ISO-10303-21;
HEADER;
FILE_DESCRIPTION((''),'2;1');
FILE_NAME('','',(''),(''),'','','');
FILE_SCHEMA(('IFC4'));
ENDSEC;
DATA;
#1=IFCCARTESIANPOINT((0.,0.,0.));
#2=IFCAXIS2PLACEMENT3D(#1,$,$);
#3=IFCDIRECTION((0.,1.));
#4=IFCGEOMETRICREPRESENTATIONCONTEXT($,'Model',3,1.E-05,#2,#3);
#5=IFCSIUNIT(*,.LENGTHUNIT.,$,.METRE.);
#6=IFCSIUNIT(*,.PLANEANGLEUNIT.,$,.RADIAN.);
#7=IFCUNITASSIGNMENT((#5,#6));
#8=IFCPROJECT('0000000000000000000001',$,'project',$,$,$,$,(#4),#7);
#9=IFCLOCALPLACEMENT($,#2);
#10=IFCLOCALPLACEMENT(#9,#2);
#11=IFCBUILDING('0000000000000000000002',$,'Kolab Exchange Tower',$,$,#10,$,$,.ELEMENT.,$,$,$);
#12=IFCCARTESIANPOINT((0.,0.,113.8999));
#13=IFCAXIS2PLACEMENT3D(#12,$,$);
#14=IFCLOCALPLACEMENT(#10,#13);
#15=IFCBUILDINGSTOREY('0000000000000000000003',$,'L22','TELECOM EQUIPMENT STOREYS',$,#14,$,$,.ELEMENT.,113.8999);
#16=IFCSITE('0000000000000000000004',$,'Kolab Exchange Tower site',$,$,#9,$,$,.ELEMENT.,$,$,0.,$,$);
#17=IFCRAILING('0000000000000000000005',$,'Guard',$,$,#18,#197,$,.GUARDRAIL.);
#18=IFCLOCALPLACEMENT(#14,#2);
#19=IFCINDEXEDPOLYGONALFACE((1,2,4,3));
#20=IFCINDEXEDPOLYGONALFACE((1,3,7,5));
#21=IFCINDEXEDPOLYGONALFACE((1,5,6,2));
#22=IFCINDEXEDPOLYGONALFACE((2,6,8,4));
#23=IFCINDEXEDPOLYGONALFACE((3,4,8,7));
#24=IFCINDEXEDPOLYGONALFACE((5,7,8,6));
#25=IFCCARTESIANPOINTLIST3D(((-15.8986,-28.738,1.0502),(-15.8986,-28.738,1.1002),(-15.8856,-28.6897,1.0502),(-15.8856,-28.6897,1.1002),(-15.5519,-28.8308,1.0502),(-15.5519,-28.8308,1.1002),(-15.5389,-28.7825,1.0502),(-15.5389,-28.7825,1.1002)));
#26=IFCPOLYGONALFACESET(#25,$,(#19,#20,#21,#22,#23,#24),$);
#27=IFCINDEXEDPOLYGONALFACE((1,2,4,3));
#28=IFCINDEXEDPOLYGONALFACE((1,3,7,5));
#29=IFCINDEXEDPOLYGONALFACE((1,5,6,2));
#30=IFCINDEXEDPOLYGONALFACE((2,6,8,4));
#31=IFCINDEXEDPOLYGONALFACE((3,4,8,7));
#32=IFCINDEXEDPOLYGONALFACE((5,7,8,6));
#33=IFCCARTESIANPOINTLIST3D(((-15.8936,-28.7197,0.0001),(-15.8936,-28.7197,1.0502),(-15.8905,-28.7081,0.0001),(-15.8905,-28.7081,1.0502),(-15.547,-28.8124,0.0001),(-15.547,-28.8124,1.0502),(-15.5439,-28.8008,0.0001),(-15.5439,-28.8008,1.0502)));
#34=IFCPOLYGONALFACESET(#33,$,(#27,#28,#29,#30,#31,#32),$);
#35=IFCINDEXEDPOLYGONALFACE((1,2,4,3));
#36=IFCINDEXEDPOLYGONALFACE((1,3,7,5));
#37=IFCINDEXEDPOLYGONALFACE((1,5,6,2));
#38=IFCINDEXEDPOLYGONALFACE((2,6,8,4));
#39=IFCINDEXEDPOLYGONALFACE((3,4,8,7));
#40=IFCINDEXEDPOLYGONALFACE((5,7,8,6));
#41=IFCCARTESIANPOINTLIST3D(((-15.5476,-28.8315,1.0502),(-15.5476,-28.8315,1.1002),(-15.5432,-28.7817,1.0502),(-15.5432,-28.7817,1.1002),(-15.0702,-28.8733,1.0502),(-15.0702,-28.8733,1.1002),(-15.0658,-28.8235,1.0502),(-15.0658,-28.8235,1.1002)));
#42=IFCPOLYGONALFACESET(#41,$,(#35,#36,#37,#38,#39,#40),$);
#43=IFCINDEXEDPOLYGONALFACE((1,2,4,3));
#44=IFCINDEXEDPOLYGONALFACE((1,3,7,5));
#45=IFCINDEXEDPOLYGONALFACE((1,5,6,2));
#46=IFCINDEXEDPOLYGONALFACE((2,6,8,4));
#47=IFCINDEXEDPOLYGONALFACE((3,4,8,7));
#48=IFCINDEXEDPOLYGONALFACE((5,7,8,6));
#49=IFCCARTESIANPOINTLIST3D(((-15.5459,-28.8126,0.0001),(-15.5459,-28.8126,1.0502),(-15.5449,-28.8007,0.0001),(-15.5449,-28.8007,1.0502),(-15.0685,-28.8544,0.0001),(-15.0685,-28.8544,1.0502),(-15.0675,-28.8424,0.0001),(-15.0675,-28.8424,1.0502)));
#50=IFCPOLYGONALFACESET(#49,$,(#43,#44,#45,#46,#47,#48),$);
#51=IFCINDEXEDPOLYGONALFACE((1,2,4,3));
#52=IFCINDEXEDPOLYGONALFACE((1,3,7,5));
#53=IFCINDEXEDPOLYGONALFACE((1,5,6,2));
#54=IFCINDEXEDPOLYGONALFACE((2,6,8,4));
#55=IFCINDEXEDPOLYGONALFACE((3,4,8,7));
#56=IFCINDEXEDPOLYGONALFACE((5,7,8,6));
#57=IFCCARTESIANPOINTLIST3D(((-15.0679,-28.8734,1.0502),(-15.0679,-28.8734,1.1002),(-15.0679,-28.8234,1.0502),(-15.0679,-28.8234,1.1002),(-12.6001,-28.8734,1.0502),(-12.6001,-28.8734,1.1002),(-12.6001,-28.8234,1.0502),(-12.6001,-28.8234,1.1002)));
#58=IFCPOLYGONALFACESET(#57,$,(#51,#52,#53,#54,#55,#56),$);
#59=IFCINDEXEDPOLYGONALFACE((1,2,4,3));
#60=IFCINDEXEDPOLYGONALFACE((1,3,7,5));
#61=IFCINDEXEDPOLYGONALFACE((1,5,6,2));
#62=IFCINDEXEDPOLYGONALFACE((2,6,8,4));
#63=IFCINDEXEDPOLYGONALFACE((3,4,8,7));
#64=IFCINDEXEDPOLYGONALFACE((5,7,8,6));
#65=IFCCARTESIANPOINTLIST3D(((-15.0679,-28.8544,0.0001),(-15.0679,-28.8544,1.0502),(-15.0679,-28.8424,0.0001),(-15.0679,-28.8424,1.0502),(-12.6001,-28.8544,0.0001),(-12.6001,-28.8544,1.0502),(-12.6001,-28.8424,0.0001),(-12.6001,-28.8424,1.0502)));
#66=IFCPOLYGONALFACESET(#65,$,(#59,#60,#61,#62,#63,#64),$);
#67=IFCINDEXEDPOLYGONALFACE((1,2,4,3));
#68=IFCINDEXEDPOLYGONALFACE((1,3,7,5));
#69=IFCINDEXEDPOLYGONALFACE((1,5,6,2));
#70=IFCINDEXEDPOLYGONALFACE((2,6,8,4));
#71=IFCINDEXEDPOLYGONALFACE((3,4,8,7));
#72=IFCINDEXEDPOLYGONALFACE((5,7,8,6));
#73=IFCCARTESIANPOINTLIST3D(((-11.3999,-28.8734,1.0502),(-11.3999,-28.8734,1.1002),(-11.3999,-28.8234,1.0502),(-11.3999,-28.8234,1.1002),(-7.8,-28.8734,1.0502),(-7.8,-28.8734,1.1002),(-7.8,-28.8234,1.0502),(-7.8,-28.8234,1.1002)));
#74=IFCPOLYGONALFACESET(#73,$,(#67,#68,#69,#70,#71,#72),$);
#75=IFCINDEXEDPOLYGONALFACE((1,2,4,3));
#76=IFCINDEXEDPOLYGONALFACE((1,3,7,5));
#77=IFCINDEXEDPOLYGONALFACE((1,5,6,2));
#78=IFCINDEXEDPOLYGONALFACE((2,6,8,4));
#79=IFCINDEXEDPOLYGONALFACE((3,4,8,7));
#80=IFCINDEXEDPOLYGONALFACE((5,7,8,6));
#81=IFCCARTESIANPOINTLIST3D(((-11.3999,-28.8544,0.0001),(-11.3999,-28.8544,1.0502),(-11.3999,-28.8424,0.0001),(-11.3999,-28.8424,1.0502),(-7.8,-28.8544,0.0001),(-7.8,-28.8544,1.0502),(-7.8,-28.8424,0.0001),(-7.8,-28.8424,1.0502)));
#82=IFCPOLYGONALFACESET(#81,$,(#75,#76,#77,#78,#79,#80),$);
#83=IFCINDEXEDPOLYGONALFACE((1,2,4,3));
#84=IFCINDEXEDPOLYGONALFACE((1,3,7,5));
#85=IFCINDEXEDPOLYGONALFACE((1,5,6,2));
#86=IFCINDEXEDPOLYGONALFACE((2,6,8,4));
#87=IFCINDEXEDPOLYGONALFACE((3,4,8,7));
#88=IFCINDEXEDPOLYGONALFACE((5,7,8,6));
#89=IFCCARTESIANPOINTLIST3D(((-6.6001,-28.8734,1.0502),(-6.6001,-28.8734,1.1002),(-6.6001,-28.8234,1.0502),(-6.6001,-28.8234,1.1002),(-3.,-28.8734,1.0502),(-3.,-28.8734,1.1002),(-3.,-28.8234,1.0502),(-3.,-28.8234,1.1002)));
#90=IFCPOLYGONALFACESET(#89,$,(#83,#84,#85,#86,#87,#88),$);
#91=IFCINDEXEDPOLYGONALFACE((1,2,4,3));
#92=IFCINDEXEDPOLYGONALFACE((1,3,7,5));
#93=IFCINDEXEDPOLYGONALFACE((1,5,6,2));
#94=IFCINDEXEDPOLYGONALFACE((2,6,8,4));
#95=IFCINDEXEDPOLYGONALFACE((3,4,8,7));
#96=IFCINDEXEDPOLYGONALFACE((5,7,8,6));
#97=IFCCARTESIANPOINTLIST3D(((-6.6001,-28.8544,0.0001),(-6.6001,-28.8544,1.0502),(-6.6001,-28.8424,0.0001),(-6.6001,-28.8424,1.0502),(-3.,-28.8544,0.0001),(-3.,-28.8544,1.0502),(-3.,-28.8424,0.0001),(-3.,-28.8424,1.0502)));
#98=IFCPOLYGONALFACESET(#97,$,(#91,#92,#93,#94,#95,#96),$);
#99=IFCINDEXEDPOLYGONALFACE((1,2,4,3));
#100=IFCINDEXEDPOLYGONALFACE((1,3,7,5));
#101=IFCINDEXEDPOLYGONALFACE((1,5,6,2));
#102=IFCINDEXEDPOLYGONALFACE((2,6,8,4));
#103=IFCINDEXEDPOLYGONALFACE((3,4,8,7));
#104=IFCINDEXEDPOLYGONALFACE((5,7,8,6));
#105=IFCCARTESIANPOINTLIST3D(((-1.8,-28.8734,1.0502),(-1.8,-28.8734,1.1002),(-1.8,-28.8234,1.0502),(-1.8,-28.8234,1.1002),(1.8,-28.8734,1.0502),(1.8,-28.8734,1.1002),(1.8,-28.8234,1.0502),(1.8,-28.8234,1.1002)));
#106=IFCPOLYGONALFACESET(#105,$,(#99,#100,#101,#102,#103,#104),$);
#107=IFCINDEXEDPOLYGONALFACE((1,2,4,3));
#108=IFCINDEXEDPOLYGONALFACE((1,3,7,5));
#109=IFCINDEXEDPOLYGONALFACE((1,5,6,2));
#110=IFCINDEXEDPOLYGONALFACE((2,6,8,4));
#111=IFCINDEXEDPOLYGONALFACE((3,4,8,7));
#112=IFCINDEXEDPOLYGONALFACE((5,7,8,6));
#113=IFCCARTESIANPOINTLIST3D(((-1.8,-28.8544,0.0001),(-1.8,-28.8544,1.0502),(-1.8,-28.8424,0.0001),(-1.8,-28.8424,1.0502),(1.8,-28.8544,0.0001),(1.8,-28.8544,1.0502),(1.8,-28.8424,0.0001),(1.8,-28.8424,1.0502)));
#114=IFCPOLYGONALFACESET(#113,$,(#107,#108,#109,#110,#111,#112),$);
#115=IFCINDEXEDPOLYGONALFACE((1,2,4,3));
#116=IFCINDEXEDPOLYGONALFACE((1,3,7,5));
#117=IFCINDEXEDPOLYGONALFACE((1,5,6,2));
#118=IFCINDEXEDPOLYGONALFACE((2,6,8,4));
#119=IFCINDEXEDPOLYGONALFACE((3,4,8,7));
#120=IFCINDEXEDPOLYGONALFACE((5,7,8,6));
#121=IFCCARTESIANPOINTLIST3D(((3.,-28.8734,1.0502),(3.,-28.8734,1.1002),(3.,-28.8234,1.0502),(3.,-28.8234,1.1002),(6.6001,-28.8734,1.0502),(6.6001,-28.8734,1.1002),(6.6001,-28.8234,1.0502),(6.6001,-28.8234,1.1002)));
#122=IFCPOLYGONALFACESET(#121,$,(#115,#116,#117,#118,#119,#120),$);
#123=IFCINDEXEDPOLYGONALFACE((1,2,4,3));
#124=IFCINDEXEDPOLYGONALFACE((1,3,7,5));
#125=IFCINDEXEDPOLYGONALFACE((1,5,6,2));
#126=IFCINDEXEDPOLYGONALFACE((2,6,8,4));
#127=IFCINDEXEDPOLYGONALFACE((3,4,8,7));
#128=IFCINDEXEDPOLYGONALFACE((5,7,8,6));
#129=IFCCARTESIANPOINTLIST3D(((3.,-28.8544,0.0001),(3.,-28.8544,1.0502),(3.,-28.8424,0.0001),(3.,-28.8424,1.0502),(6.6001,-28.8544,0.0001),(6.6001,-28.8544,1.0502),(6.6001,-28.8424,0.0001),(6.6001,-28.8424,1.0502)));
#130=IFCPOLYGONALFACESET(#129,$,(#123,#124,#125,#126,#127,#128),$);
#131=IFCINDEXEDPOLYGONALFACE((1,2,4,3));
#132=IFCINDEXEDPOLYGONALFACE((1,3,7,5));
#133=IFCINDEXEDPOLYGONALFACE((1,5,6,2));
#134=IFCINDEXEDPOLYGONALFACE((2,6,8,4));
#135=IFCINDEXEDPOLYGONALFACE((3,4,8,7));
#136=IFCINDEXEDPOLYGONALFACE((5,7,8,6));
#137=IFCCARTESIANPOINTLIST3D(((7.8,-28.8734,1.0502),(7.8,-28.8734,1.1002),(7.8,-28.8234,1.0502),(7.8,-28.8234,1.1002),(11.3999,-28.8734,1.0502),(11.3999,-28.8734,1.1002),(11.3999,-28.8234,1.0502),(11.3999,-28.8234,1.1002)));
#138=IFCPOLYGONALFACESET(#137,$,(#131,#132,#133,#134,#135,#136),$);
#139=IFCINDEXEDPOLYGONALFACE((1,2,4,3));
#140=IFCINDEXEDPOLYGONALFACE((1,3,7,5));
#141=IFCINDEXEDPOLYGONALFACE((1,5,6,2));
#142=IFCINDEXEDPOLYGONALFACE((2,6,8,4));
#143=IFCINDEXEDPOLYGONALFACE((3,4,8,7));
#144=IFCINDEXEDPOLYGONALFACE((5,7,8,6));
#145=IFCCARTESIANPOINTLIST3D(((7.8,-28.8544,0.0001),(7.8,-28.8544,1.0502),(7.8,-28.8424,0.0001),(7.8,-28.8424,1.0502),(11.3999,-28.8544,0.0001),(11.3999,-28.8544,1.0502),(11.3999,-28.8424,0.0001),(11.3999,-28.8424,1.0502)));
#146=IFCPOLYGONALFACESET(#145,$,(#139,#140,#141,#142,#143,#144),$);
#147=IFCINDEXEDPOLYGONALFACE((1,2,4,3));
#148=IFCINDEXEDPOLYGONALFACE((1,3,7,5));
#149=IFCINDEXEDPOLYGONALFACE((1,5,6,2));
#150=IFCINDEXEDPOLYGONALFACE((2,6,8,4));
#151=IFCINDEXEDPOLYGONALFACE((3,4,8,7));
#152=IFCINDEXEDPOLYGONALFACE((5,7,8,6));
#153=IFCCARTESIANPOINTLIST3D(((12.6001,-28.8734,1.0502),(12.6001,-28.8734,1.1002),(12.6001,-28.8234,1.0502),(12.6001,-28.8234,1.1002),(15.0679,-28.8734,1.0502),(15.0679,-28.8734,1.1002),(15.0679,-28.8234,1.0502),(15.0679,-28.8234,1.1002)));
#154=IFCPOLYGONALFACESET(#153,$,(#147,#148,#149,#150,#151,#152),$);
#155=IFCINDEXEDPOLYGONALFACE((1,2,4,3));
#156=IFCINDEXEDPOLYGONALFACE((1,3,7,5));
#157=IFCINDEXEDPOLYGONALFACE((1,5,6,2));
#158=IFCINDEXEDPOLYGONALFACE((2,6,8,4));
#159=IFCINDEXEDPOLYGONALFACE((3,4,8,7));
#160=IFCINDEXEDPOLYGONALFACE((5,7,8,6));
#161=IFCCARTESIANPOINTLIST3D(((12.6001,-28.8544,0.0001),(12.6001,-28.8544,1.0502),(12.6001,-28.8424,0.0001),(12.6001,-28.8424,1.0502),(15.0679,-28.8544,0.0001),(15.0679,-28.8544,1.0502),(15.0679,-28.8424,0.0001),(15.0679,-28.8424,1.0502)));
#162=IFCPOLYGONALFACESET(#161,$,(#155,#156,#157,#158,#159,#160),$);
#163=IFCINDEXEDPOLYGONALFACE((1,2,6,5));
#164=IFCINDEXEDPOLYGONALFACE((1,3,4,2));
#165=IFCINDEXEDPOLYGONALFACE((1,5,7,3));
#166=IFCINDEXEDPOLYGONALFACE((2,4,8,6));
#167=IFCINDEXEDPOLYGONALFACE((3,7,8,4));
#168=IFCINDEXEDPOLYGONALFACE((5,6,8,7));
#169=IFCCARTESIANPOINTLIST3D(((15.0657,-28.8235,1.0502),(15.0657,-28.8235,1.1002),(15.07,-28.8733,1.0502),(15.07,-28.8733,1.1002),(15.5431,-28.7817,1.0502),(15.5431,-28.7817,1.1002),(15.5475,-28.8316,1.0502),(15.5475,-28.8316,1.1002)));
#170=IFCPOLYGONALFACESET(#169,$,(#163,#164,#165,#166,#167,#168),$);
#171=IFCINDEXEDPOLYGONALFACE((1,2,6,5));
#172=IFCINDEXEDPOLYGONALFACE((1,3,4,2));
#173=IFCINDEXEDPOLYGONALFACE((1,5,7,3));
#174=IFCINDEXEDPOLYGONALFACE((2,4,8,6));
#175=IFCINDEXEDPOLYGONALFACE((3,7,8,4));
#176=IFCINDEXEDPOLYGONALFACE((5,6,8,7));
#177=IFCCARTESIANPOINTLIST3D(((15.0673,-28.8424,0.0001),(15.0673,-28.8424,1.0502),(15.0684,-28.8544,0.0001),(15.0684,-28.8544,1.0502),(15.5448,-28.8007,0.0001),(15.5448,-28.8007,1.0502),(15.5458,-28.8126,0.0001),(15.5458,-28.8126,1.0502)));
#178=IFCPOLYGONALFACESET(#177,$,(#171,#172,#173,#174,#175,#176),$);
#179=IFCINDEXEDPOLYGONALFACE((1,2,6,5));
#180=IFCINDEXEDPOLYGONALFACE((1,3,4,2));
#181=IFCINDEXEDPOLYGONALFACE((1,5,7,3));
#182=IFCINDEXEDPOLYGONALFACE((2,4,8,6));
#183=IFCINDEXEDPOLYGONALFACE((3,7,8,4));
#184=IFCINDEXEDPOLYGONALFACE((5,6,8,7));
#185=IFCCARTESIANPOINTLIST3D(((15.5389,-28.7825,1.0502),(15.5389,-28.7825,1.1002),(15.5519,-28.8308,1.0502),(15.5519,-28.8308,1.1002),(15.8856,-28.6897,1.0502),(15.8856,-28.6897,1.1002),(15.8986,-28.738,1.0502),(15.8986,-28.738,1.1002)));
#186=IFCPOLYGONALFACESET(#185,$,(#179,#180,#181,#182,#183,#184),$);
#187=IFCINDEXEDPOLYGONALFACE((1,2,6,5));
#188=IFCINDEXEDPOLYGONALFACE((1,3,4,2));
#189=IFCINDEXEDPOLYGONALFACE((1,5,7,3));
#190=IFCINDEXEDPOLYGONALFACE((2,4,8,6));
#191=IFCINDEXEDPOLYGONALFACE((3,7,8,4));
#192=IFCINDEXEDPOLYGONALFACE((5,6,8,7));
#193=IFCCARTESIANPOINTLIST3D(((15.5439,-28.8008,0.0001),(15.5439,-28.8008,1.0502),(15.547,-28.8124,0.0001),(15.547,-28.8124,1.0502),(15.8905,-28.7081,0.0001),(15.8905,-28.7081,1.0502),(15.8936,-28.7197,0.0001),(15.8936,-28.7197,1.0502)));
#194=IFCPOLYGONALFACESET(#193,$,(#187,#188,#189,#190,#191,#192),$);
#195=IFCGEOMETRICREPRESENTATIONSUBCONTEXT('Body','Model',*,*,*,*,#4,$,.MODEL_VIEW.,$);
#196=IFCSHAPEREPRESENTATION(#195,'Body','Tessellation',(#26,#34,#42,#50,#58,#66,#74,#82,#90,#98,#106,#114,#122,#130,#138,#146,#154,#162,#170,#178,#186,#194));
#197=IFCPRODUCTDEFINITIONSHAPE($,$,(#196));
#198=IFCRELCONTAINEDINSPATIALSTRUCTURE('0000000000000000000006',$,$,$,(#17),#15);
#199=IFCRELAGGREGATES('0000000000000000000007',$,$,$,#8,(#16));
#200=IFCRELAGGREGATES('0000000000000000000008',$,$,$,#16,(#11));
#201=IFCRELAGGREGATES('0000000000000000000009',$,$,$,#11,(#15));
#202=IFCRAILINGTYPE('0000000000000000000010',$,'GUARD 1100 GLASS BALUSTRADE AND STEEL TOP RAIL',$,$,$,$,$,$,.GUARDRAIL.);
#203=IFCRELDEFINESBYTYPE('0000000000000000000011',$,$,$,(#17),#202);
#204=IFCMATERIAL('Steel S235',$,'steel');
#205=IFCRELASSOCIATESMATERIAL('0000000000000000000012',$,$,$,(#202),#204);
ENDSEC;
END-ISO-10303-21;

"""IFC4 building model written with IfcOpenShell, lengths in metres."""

from ifc_helpers import new_model, si_unit, direction, frame, frame_2d, origin, origin_2d, place, context, subcontext, project, spatial, rectangle, extrude, material, type_object, element, save


model = new_model("IFC4")

# Units and contexts
model_context = context("Model", 3, precision=1e-05, world=origin(), true_north=direction((0.0, 1.0)))
body_context = subcontext(model_context, "Body", "Model", "MODEL_VIEW")
ifc_project = project(units=[si_unit("LENGTHUNIT", "METRE"), si_unit("PLANEANGLEUNIT", "RADIAN")], contexts=[model_context])

# Site, building, storey
site_placement = place(None, origin())
site = spatial("IfcSite", under=ifc_project, at=site_placement, Name="Kolab Exchange Tower site", CompositionType="ELEMENT", RefElevation=0.0)
building_placement = place(site_placement, origin())
building = spatial("IfcBuilding", under=site, at=building_placement, Name="Kolab Exchange Tower", CompositionType="ELEMENT")
storey_placement = place(building_placement, frame((0.0, 0.0, 113.8999)))
storey = spatial("IfcBuildingStorey", under=building, at=storey_placement, Name="L22", Description="TELECOM EQUIPMENT STOREYS", CompositionType="ELEMENT", Elevation=113.8999)

# Railing
ifc_material_1 = material(Name="Steel S235", Category="steel")
railing_type = type_object("IfcRailingType", Name="GUARD 1100 GLASS BALUSTRADE AND STEEL TOP RAIL", PredefinedType="GUARDRAIL", material=ifc_material_1)
railing_placement = place(storey_placement, frame((-15.8921, -28.7139, 0.0)))
element("IfcRailing", 1, at=railing_placement, inside=storey, type_object=railing_type, Name="Guard", PredefinedType="GUARDRAIL", context=body_context, shape_type="SweptSolid", body=[
    extrude(rectangle(XDim=0.05, YDim=0.05, at=origin_2d()), frame((0.0, 0.0, 1.0752), z_axis=(0.966009, -0.258509, 0.0), x_axis=(0.258509, 0.966009, 0.0)), (0.0, 0.0, 1.0), 0.3589),
    extrude(rectangle(XDim=0.012, YDim=1.0501, at=frame_2d((0.0, 0.5251))), frame((0.0, 0.0, 0.0), z_axis=(0.966009, -0.258509, 0.0), x_axis=(0.258509, 0.966009, 0.0)), (0.0, 0.0, 1.0), 0.3589),
    extrude(rectangle(XDim=0.05, YDim=0.05, at=origin_2d()), frame((0.3467, -0.0928, 1.0752), z_axis=(0.9962, -0.087091, 0.0), x_axis=(0.087091, 0.9962, 0.0)), (0.0, 0.0, 1.0), 0.4792),
    extrude(rectangle(XDim=0.012, YDim=1.0501, at=frame_2d((0.0, 0.5251))), frame((0.3467, -0.0928, 0.0), z_axis=(0.9962, -0.087091, 0.0), x_axis=(0.087091, 0.9962, 0.0)), (0.0, 0.0, 1.0), 0.4792),
    extrude(rectangle(XDim=0.05, YDim=0.05, at=origin_2d()), frame((0.8242, -0.1345, 1.0752), z_axis=(1.0, 0.0, 0.0), x_axis=(0.0, 1.0, 0.0)), (0.0, 0.0, 1.0), 2.4678),
    extrude(rectangle(XDim=0.012, YDim=1.0501, at=frame_2d((0.0, 0.5251))), frame((0.8242, -0.1345, 0.0), z_axis=(1.0, 0.0, 0.0), x_axis=(0.0, 1.0, 0.0)), (0.0, 0.0, 1.0), 2.4678),
    extrude(rectangle(XDim=0.05, YDim=0.05, at=origin_2d()), frame((4.4922, -0.1345, 1.0752), z_axis=(1.0, 0.0, 0.0), x_axis=(0.0, 1.0, 0.0)), (0.0, 0.0, 1.0), 3.5999),
    extrude(rectangle(XDim=0.012, YDim=1.0501, at=frame_2d((0.0, 0.5251))), frame((4.4922, -0.1345, 0.0), z_axis=(1.0, 0.0, 0.0), x_axis=(0.0, 1.0, 0.0)), (0.0, 0.0, 1.0), 3.5999),
    extrude(rectangle(XDim=0.05, YDim=0.05, at=origin_2d()), frame((9.292, -0.1345, 1.0752), z_axis=(1.0, 0.0, 0.0), x_axis=(0.0, 1.0, 0.0)), (0.0, 0.0, 1.0), 3.6001),
    extrude(rectangle(XDim=0.012, YDim=1.0501, at=frame_2d((0.0, 0.5251))), frame((9.292, -0.1345, 0.0), z_axis=(1.0, 0.0, 0.0), x_axis=(0.0, 1.0, 0.0)), (0.0, 0.0, 1.0), 3.6001),
    extrude(rectangle(XDim=0.05, YDim=0.05, at=origin_2d()), frame((14.092, -0.1345, 1.0752), z_axis=(1.0, 0.0, 0.0), x_axis=(0.0, 1.0, 0.0)), (0.0, 0.0, 1.0), 3.6001),
    extrude(rectangle(XDim=0.012, YDim=1.0501, at=frame_2d((0.0, 0.5251))), frame((14.092, -0.1345, 0.0), z_axis=(1.0, 0.0, 0.0), x_axis=(0.0, 1.0, 0.0)), (0.0, 0.0, 1.0), 3.6001),
    extrude(rectangle(XDim=0.05, YDim=0.05, at=origin_2d()), frame((18.8921, -0.1345, 1.0752), z_axis=(1.0, 0.0, 0.0), x_axis=(0.0, 1.0, 0.0)), (0.0, 0.0, 1.0), 3.6001),
    extrude(rectangle(XDim=0.012, YDim=1.0501, at=frame_2d((0.0, 0.5251))), frame((18.8921, -0.1345, 0.0), z_axis=(1.0, 0.0, 0.0), x_axis=(0.0, 1.0, 0.0)), (0.0, 0.0, 1.0), 3.6001),
    extrude(rectangle(XDim=0.05, YDim=0.05, at=origin_2d()), frame((23.6921, -0.1345, 1.0752), z_axis=(1.0, 0.0, 0.0), x_axis=(0.0, 1.0, 0.0)), (0.0, 0.0, 1.0), 3.5999),
    extrude(rectangle(XDim=0.012, YDim=1.0501, at=frame_2d((0.0, 0.5251))), frame((23.6921, -0.1345, 0.0), z_axis=(1.0, 0.0, 0.0), x_axis=(0.0, 1.0, 0.0)), (0.0, 0.0, 1.0), 3.5999),
    extrude(rectangle(XDim=0.05, YDim=0.05, at=origin_2d()), frame((28.4922, -0.1345, 1.0752), z_axis=(1.0, 0.0, 0.0), x_axis=(0.0, 1.0, 0.0)), (0.0, 0.0, 1.0), 2.4678),
    extrude(rectangle(XDim=0.012, YDim=1.0501, at=frame_2d((0.0, 0.5251))), frame((28.4922, -0.1345, 0.0), z_axis=(1.0, 0.0, 0.0), x_axis=(0.0, 1.0, 0.0)), (0.0, 0.0, 1.0), 2.4678),
    extrude(rectangle(XDim=0.05, YDim=0.05, at=origin_2d()), frame((30.96, -0.1345, 1.0752), z_axis=(0.9962, 0.087091, 0.0), x_axis=(-0.087091, 0.9962, 0.0)), (0.0, 0.0, 1.0), 0.4792),
    extrude(rectangle(XDim=0.012, YDim=1.0501, at=frame_2d((0.0, 0.5251))), frame((30.96, -0.1345, 0.0), z_axis=(0.9962, 0.087091, 0.0), x_axis=(-0.087091, 0.9962, 0.0)), (0.0, 0.0, 1.0), 0.4792),
    extrude(rectangle(XDim=0.05, YDim=0.05, at=origin_2d()), frame((31.4375, -0.0928, 1.0752), z_axis=(0.966009, 0.258509, 0.0), x_axis=(-0.258509, 0.966009, 0.0)), (0.0, 0.0, 1.0), 0.3589),
    extrude(rectangle(XDim=0.012, YDim=1.0501, at=frame_2d((0.0, 0.5251))), frame((31.4375, -0.0928, 0.0), z_axis=(0.966009, 0.258509, 0.0), x_axis=(-0.258509, 0.966009, 0.0)), (0.0, 0.0, 1.0), 0.3589),
])

save(model, "model.ifc")
